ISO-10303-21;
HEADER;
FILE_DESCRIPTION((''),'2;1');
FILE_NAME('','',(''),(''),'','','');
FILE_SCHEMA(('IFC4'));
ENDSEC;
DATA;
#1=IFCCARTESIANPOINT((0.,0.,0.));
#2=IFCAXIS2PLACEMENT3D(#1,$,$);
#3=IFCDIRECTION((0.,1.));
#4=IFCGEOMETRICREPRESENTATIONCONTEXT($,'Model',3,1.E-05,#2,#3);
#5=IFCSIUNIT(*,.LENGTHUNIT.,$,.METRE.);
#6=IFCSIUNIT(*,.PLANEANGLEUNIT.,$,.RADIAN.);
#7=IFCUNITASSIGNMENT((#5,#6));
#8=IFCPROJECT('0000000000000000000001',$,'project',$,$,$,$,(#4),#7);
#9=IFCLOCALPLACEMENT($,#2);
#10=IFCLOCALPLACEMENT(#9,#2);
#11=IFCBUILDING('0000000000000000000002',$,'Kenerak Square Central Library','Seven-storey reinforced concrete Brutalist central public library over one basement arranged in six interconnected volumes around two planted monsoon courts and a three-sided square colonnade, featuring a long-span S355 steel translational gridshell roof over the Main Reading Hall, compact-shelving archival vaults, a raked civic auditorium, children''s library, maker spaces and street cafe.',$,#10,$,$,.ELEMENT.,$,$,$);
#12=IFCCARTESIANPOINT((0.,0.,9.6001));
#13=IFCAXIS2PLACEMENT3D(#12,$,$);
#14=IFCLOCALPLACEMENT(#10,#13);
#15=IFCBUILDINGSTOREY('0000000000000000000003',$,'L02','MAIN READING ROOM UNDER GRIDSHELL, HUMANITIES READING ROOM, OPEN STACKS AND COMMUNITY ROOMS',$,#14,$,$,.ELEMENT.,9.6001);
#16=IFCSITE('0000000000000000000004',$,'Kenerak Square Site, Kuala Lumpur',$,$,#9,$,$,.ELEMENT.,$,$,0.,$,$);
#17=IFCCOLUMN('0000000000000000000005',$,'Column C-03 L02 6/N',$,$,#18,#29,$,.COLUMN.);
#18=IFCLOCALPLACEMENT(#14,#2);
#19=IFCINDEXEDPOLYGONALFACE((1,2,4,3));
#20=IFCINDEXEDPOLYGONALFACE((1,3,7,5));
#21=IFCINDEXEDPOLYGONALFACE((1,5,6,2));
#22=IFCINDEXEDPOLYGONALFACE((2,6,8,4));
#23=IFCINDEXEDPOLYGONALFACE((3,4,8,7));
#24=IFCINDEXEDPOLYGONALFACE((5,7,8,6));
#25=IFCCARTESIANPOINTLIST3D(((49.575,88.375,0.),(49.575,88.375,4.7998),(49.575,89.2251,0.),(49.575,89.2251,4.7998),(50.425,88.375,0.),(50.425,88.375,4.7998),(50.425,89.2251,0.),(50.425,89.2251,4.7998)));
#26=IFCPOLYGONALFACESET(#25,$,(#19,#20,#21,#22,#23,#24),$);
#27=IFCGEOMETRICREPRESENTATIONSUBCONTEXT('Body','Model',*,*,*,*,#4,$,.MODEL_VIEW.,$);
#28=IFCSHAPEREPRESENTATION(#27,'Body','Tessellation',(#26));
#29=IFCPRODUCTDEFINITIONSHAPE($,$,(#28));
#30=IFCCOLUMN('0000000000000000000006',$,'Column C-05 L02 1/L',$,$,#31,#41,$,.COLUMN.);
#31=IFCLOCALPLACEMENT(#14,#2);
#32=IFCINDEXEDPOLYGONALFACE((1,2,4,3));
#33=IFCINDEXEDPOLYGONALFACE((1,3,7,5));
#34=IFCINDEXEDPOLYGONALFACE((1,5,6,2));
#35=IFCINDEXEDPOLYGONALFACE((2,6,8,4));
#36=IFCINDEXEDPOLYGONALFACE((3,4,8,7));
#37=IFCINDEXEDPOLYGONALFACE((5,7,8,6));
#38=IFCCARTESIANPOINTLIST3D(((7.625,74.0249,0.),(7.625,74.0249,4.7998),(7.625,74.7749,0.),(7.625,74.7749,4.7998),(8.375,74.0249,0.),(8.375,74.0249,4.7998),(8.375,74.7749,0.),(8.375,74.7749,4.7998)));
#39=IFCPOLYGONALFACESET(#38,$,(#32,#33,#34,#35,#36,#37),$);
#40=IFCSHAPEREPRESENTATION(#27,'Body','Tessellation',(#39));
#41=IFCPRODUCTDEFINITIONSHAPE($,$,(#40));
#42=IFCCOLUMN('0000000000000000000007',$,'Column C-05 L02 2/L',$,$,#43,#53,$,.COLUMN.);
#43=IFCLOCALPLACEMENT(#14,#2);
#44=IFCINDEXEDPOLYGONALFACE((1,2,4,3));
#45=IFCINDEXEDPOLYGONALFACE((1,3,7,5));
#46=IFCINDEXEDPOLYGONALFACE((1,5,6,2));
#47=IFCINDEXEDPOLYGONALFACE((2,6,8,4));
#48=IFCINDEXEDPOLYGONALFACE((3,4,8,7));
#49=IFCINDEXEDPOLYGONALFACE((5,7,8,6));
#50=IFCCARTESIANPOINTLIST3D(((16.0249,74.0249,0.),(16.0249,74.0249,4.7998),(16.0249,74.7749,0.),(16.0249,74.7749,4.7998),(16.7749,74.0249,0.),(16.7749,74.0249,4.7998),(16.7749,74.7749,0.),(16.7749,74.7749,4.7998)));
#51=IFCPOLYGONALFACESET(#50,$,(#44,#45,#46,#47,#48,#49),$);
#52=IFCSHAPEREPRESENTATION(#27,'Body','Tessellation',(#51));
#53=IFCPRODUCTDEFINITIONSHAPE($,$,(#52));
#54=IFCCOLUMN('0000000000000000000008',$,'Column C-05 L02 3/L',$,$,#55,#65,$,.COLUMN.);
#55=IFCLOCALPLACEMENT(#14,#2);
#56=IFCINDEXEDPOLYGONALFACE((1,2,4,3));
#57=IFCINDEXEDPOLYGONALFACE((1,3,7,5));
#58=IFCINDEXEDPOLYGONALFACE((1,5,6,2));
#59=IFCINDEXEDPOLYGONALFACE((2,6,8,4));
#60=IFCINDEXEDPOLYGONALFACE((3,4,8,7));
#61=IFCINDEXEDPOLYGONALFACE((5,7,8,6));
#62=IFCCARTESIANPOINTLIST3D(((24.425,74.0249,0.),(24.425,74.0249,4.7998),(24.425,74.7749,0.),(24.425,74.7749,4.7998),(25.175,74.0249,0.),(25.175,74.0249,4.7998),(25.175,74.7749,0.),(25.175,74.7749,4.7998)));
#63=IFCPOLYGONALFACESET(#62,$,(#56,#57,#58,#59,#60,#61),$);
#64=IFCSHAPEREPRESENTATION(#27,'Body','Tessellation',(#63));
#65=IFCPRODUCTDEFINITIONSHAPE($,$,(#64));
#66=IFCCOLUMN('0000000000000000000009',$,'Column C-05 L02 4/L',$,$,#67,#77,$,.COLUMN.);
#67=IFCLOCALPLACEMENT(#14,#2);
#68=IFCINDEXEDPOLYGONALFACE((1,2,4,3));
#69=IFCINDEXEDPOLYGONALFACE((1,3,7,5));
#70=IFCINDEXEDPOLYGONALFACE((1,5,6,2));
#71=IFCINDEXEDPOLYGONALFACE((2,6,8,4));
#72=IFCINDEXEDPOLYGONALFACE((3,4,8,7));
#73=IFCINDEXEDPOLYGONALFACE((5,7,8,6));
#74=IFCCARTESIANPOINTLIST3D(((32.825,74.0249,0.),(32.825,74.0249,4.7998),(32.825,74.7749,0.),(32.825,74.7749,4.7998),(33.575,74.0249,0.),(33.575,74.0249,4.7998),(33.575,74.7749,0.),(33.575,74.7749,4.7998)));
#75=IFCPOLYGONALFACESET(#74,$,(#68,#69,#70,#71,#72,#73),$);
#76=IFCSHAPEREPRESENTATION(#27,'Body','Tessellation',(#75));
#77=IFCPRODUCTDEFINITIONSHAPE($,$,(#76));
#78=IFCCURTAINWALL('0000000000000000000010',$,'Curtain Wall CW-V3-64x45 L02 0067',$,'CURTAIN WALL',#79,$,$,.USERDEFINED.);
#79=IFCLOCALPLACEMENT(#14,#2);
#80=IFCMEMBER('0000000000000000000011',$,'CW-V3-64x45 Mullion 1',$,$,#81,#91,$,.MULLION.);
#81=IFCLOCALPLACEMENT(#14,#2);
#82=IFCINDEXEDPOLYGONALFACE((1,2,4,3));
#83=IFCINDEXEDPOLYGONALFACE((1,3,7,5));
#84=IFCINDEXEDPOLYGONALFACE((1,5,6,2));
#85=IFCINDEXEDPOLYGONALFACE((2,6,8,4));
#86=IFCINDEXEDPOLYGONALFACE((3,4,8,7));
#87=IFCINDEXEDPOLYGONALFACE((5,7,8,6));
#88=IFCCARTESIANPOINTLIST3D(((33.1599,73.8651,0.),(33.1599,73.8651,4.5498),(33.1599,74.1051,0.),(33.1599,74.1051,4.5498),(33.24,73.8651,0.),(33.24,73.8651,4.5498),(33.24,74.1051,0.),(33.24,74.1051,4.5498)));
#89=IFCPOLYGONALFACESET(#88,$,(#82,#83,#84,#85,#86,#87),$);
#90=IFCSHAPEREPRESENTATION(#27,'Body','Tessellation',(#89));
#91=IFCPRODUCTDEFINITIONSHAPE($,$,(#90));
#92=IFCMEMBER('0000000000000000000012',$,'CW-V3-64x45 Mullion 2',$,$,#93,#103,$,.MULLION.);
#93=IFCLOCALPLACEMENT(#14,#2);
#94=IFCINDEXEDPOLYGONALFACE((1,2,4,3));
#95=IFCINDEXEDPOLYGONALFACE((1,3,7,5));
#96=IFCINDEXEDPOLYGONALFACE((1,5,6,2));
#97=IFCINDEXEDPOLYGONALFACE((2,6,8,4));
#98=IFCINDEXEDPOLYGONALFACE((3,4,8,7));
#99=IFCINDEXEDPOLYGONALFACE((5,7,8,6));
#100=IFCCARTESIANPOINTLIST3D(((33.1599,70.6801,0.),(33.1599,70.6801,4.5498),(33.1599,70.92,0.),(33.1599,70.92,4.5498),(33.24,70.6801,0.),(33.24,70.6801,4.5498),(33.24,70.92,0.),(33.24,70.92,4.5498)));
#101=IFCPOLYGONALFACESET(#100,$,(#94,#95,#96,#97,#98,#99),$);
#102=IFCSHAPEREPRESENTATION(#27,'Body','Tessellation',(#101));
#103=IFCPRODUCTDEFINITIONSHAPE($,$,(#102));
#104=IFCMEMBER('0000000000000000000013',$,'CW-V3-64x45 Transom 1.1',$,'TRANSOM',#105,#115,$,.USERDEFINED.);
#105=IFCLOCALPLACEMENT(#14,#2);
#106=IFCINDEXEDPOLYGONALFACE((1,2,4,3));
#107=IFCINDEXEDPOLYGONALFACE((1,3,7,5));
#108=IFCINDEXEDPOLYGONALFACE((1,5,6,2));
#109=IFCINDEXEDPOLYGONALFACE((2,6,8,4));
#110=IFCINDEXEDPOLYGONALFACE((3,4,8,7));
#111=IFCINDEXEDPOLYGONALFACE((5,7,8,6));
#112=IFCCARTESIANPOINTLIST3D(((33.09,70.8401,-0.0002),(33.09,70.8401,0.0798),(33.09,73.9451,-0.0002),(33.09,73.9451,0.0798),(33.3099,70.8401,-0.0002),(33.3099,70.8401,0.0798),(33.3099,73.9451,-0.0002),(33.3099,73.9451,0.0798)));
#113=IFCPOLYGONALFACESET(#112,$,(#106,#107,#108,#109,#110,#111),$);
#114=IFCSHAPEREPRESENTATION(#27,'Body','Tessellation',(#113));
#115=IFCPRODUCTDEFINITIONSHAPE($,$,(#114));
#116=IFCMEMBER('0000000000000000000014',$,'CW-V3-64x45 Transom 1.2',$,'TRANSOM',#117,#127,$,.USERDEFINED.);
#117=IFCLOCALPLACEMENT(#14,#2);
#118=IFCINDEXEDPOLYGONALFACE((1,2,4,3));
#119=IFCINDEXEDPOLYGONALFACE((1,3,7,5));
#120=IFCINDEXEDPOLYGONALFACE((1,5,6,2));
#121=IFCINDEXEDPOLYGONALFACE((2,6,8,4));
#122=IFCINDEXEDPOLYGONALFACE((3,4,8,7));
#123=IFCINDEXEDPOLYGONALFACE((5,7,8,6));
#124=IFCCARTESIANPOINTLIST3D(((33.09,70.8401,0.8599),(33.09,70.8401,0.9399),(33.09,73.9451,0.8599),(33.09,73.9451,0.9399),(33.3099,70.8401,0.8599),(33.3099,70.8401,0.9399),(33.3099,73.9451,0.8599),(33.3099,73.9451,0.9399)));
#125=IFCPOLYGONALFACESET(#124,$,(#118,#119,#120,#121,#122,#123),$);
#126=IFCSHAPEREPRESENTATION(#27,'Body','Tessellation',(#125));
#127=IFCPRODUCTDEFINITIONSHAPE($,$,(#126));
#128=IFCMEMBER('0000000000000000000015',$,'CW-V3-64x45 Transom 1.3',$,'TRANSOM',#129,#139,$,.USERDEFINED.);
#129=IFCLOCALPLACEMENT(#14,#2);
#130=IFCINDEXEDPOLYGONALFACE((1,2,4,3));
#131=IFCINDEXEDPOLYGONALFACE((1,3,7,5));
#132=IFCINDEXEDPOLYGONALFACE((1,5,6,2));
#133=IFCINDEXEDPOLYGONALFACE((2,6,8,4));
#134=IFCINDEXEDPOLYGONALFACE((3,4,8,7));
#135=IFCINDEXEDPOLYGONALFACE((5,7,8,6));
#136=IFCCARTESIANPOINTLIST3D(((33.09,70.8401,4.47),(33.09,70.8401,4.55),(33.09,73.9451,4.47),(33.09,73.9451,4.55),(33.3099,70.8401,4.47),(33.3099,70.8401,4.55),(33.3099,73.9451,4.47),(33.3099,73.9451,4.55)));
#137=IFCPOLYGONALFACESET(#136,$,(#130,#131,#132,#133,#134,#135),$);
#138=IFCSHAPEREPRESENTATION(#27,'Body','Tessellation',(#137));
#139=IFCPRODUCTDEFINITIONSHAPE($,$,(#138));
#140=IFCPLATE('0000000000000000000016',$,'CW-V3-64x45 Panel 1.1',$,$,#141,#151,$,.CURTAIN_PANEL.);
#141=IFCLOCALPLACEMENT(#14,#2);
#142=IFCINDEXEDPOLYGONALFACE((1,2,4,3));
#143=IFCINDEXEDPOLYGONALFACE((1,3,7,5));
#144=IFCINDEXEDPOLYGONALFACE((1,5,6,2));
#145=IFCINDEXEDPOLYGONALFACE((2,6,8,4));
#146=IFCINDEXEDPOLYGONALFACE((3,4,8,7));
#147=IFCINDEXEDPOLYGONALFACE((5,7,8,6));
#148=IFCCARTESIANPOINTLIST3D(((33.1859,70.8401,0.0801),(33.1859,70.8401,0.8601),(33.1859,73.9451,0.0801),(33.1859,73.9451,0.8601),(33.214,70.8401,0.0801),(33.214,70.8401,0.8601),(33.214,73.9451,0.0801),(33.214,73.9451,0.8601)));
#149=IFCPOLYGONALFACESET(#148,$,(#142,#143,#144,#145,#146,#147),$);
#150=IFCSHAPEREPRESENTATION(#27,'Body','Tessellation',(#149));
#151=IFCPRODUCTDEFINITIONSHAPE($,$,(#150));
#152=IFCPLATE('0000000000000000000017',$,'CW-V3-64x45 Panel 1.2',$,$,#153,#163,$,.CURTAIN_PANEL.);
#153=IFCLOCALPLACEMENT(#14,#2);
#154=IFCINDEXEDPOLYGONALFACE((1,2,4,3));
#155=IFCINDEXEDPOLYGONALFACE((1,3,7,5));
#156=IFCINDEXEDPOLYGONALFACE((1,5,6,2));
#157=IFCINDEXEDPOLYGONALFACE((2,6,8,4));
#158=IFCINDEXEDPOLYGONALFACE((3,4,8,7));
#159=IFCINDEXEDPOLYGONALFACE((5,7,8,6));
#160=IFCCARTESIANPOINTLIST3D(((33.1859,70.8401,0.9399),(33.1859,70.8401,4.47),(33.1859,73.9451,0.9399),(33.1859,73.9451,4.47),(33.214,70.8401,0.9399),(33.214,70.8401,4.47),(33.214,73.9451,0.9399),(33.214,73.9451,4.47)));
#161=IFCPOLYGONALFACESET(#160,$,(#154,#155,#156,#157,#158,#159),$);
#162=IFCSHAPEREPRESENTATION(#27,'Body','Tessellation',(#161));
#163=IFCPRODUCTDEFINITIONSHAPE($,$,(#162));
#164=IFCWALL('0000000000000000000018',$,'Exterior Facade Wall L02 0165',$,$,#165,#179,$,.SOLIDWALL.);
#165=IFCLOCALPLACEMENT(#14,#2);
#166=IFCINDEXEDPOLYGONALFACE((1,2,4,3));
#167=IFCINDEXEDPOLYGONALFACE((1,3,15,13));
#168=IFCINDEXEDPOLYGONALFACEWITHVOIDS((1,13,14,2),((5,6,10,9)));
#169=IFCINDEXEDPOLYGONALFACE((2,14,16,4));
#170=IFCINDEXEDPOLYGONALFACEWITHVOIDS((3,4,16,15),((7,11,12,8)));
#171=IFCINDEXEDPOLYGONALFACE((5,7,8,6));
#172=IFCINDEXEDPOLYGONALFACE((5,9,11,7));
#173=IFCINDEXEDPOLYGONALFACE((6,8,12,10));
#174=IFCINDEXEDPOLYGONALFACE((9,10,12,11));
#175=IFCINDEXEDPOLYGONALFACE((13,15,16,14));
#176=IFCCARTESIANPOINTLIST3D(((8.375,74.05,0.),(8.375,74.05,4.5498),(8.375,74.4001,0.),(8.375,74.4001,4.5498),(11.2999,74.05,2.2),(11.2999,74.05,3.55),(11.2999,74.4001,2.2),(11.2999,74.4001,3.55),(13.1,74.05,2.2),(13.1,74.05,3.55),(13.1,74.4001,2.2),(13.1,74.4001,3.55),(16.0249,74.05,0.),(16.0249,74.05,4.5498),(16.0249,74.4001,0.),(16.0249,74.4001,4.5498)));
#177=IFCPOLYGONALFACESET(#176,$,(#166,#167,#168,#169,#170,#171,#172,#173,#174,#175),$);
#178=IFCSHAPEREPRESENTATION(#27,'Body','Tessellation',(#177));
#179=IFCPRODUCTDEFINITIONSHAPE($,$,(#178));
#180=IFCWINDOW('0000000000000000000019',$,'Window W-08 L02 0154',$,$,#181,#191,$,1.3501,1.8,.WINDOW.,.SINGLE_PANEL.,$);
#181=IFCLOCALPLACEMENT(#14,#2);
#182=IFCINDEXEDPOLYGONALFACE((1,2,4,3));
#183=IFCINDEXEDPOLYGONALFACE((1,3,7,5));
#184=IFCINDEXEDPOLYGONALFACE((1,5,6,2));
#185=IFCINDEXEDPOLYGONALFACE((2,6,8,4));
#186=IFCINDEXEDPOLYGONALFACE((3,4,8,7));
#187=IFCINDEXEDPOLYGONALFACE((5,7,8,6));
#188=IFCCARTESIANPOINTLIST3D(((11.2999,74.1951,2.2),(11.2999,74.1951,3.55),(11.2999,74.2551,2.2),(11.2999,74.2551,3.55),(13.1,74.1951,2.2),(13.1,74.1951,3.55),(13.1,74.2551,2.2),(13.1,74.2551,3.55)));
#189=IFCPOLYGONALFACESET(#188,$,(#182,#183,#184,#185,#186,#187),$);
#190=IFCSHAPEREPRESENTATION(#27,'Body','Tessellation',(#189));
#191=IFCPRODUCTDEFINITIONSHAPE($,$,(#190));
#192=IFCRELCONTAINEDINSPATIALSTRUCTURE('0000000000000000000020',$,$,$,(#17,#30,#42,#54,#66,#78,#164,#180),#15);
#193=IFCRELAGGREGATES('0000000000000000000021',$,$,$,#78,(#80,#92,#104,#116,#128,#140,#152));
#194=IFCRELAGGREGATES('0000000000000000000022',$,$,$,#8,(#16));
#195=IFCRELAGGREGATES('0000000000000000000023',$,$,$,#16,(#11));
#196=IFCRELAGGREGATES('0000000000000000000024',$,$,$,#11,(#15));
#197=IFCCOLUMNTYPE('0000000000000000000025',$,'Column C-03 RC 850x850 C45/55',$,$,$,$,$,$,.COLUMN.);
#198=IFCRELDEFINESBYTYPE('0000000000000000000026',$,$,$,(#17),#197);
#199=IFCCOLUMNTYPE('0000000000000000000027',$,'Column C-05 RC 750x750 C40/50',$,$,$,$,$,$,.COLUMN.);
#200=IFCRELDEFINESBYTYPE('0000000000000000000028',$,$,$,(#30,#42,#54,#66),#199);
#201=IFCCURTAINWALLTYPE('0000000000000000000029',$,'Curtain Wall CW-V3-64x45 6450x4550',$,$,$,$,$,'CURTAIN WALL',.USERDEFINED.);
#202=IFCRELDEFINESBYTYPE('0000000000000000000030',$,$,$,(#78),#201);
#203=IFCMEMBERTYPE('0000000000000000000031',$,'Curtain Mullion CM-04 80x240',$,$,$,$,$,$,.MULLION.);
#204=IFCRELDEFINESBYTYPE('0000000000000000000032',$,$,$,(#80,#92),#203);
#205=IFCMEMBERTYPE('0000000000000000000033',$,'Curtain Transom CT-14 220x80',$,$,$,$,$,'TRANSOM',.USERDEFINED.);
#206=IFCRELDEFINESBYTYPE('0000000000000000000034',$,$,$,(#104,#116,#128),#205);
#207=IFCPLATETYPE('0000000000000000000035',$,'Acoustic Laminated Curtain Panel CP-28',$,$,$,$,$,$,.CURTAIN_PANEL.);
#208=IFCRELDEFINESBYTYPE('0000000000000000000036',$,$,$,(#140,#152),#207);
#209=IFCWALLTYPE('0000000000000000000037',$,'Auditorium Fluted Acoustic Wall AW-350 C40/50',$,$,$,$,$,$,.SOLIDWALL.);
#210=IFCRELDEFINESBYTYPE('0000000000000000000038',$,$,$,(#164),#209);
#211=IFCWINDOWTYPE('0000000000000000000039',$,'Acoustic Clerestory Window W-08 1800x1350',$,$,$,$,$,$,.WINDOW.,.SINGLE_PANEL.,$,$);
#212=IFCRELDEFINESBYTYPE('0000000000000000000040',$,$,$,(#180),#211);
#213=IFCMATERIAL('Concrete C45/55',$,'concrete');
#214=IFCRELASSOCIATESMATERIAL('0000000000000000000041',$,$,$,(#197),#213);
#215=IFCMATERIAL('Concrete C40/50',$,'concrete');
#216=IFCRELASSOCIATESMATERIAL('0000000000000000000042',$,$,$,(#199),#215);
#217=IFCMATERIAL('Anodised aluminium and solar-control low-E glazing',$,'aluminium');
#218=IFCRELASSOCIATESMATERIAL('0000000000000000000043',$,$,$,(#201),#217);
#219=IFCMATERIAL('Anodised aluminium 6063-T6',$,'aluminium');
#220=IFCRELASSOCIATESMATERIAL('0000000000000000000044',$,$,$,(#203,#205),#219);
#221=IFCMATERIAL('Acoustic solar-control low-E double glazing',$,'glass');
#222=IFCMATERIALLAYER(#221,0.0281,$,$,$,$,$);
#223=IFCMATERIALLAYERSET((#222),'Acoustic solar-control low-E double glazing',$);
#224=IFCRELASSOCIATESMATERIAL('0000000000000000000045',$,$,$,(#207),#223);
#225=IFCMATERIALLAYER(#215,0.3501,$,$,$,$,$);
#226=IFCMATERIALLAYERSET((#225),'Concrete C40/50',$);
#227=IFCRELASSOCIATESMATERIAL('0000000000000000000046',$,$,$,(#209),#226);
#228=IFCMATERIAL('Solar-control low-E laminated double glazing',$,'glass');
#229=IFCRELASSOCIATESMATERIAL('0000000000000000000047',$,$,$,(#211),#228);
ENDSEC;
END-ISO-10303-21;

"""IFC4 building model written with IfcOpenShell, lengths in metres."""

from ifc_helpers import new_model, si_unit, direction, frame, frame_2d, origin, origin_2d, place, context, subcontext, project, spatial, rectangle, extrude, material, layer, layer_set, material_profile, profile_set, type_object, element, fill, aggregate, save


model = new_model("IFC4")

# Units and contexts
model_context = context("Model", 3, precision=1e-05, world=origin(), true_north=direction((0.0, 1.0)))
body_context = subcontext(model_context, "Body", "Model", "MODEL_VIEW")
ifc_project = project(units=[si_unit("LENGTHUNIT", "METRE"), si_unit("PLANEANGLEUNIT", "RADIAN")], contexts=[model_context])

# Site, building, storey
site_placement = place(None, origin())
site = spatial("IfcSite", under=ifc_project, at=site_placement, Name="Kenerak Square Site, Kuala Lumpur", CompositionType="ELEMENT", RefElevation=0.0)
building_placement = place(site_placement, origin())
building = spatial("IfcBuilding", under=site, at=building_placement, Name="Kenerak Square Central Library", Description="Seven-storey reinforced concrete Brutalist central public library over one basement arranged in six interconnected volumes around two planted monsoon courts and a three-sided square colonnade, featuring a long-span S355 steel translational gridshell roof over the Main Reading Hall, compact-shelving archival vaults, a raked civic auditorium, children's library, maker spaces and street cafe.", CompositionType="ELEMENT")
storey_placement = place(building_placement, frame((0.0, 0.0, 9.6001)))
storey = spatial("IfcBuildingStorey", under=building, at=storey_placement, Name="L02", Description="MAIN READING ROOM UNDER GRIDSHELL, HUMANITIES READING ROOM, OPEN STACKS AND COMMUNITY ROOMS", CompositionType="ELEMENT", Elevation=9.6001)

# Columns
ifc_material_1 = material(Name="Concrete C45/55", Category="concrete")
ifc_material_profile_1 = material_profile(ifc_material_1, rectangle(XDim=0.8501, YDim=0.8501, at=origin_2d()), Name="RC 850x850")
ifc_profile_set_1 = profile_set([ifc_material_profile_1], Name="Concrete C45/55")
column_type_1 = type_object("IfcColumnType", Name="Column C-03 RC 850x850 C45/55", PredefinedType="COLUMN", material=ifc_profile_set_1)
column_placement = place(storey_placement, frame((50.0, 88.8, 0.0), z_axis=(0.0, 0.0, 1.0), x_axis=(1.0, 0.0, 0.0)))
element("IfcColumn", 1, at=column_placement, inside=storey, type_object=column_type_1, Name="Column C-03 L02 6/N", PredefinedType="COLUMN", context=body_context, shape_type="SweptSolid", body=[
    extrude(rectangle(XDim=0.8501, YDim=0.8501, at=origin_2d()), origin(), (0.0, 0.0, 1.0), 4.7998),
])
ifc_material_2 = material(Name="Concrete C40/50", Category="concrete")
ifc_material_profile_2 = material_profile(ifc_material_2, rectangle(XDim=0.75, YDim=0.75, at=origin_2d()), Name="RC 750x750")
ifc_profile_set_2 = profile_set([ifc_material_profile_2], Name="Concrete C40/50")
column_type_2 = type_object("IfcColumnType", Name="Column C-05 RC 750x750 C40/50", PredefinedType="COLUMN", material=ifc_profile_set_2)
for number, where, z_axis, x_axis, name in (
    (2, (8.0, 74.3999, 0.0), (0.0, 0.0, 1.0), (1.0, 0.0, 0.0), "Column C-05 L02 1/L"),
    (3, (16.3999, 74.3999, 0.0), (0.0, 0.0, 1.0), (1.0, 0.0, 0.0), "Column C-05 L02 2/L"),
    (4, (24.8, 74.3999, 0.0), (0.0, 0.0, 1.0), (1.0, 0.0, 0.0), "Column C-05 L02 3/L"),
    (5, (33.2, 74.3999, 0.0), (0.0, 0.0, 1.0), (1.0, 0.0, 0.0), "Column C-05 L02 4/L"),
):
    element("IfcColumn", number, at=place(storey_placement, frame(where, z_axis=z_axis, x_axis=x_axis)), inside=storey, type_object=column_type_2, Name=name, PredefinedType="COLUMN", context=body_context, shape_type="SweptSolid", body=[
        extrude(rectangle(XDim=0.75, YDim=0.75, at=origin_2d()), origin(), (0.0, 0.0, 1.0), 4.7998),
    ])

# Curtain wall, members, plates
ifc_material_3 = material(Name="Anodised aluminium and solar-control low-E glazing", Category="aluminium")
curtain_wall_type = type_object("IfcCurtainWallType", Name="Curtain Wall CW-V3-64x45 6450x4550", ElementType="CURTAIN WALL", PredefinedType="USERDEFINED", material=ifc_material_3)
curtain_wall_placement = place(storey_placement, origin())
curtain_wall = element("IfcCurtainWall", 6, at=curtain_wall_placement, inside=storey, type_object=curtain_wall_type, Name="Curtain Wall CW-V3-64x45 L02 0067", ObjectType="CURTAIN WALL", PredefinedType="USERDEFINED")
ifc_material_4 = material(Name="Anodised aluminium 6063-T6", Category="aluminium")
ifc_material_profile_3 = material_profile(ifc_material_4, rectangle(XDim=0.0801, YDim=0.24, at=origin_2d()), Name="AL MULLION 80x240")
ifc_profile_set_3 = profile_set([ifc_material_profile_3], Name="Anodised aluminium 6063-T6")
member_type_1 = type_object("IfcMemberType", Name="Curtain Mullion CM-04 80x240", PredefinedType="MULLION", material=ifc_profile_set_3)
member_1_placement = place(storey_placement, frame((33.2, 73.9851, 0.0), z_axis=(0.0, 0.0, 1.0), x_axis=(1.0, 0.0, 0.0)))
member_1 = element("IfcMember", 7, at=member_1_placement, type_object=member_type_1, Name="CW-V3-64x45 Mullion 1", PredefinedType="MULLION", context=body_context, shape_type="SweptSolid", body=[
    extrude(rectangle(XDim=0.0801, YDim=0.24, at=origin_2d()), origin(), (0.0, 0.0, 1.0), 4.5498),
])
member_2_placement = place(storey_placement, frame((33.2, 70.8, 0.0), z_axis=(0.0, 0.0, 1.0), x_axis=(1.0, 0.0, 0.0)))
member_2 = element("IfcMember", 8, at=member_2_placement, type_object=member_type_1, Name="CW-V3-64x45 Mullion 2", PredefinedType="MULLION", context=body_context, shape_type="SweptSolid", body=[
    extrude(rectangle(XDim=0.0801, YDim=0.24, at=origin_2d()), origin(), (0.0, 0.0, 1.0), 4.5498),
])
ifc_material_profile_4 = material_profile(ifc_material_4, rectangle(XDim=0.22, YDim=0.0801, at=origin_2d()), Name="AL TRANSOM 220x80")
ifc_profile_set_4 = profile_set([ifc_material_profile_4], Name="Anodised aluminium 6063-T6")
member_type_2 = type_object("IfcMemberType", Name="Curtain Transom CT-14 220x80", ElementType="TRANSOM", PredefinedType="USERDEFINED", material=ifc_profile_set_4)
member_3_placement = place(storey_placement, frame((33.2, 73.9451, 0.0398), z_axis=(0.0, -1.0, 0.0), x_axis=(1.0, 0.0, 0.0)))
member_3 = element("IfcMember", 9, at=member_3_placement, type_object=member_type_2, Name="CW-V3-64x45 Transom 1.1", ObjectType="TRANSOM", PredefinedType="USERDEFINED", context=body_context, shape_type="SweptSolid", body=[
    extrude(rectangle(XDim=0.22, YDim=0.0801, at=origin_2d()), origin(), (0.0, 0.0, 1.0), 3.105),
])
member_4_placement = place(storey_placement, frame((33.2, 73.9451, 0.8999), z_axis=(0.0, -1.0, 0.0), x_axis=(1.0, 0.0, 0.0)))
member_4 = element("IfcMember", 10, at=member_4_placement, type_object=member_type_2, Name="CW-V3-64x45 Transom 1.2", ObjectType="TRANSOM", PredefinedType="USERDEFINED", context=body_context, shape_type="SweptSolid", body=[
    extrude(rectangle(XDim=0.22, YDim=0.0801, at=origin_2d()), origin(), (0.0, 0.0, 1.0), 3.105),
])
member_5_placement = place(storey_placement, frame((33.2, 73.9451, 4.51), z_axis=(0.0, -1.0, 0.0), x_axis=(1.0, 0.0, 0.0)))
member_5 = element("IfcMember", 11, at=member_5_placement, type_object=member_type_2, Name="CW-V3-64x45 Transom 1.3", ObjectType="TRANSOM", PredefinedType="USERDEFINED", context=body_context, shape_type="SweptSolid", body=[
    extrude(rectangle(XDim=0.22, YDim=0.0801, at=origin_2d()), origin(), (0.0, 0.0, 1.0), 3.105),
])
ifc_material_5 = material(Name="Acoustic solar-control low-E double glazing", Category="glass")
ifc_layer_1 = layer(ifc_material_5, 0.0281)
ifc_layer_set_1 = layer_set([ifc_layer_1], Name="Acoustic solar-control low-E double glazing")
plate_type = type_object("IfcPlateType", Name="Acoustic Laminated Curtain Panel CP-28", PredefinedType="CURTAIN_PANEL", material=ifc_layer_set_1)
plate_1_placement = place(storey_placement, frame((33.2, 72.3926, 0.0801), z_axis=(0.0, 0.0, 1.0), x_axis=(0.0, -1.0, 0.0)))
plate_1 = element("IfcPlate", 12, at=plate_1_placement, type_object=plate_type, Name="CW-V3-64x45 Panel 1.1", PredefinedType="CURTAIN_PANEL", context=body_context, shape_type="SweptSolid", body=[
    extrude(rectangle(XDim=3.105, YDim=0.0281, at=origin_2d()), origin(), (0.0, 0.0, 1.0), 0.78),
])
plate_2_placement = place(storey_placement, frame((33.2, 72.3926, 0.9399), z_axis=(0.0, 0.0, 1.0), x_axis=(0.0, -1.0, 0.0)))
plate_2 = element("IfcPlate", 13, at=plate_2_placement, type_object=plate_type, Name="CW-V3-64x45 Panel 1.2", PredefinedType="CURTAIN_PANEL", context=body_context, shape_type="SweptSolid", body=[
    extrude(rectangle(XDim=3.105, YDim=0.0281, at=origin_2d()), origin(), (0.0, 0.0, 1.0), 3.53),
])
aggregate(curtain_wall, [member_1, member_2, member_3, member_4, member_5, plate_1, plate_2])

# Wall, opening, window
ifc_layer_2 = layer(ifc_material_2, 0.3501)
ifc_layer_set_2 = layer_set([ifc_layer_2], Name="Concrete C40/50")
wall_type_1 = type_object("IfcWallType", Name="Auditorium Fluted Acoustic Wall AW-350 C40/50", PredefinedType="SOLIDWALL", material=ifc_layer_set_2)
wall_1_placement = place(storey_placement, frame((8.375, 74.2251, 0.0), z_axis=(0.0, 0.0, 1.0), x_axis=(1.0, 0.0, 0.0)))
wall_1 = element("IfcWall", 14, at=wall_1_placement, inside=storey, type_object=wall_type_1, Name="Exterior Facade Wall L02 0165", PredefinedType="SOLIDWALL", context=body_context, shape_type="SweptSolid", body=[
    extrude(rectangle(XDim=7.6499, YDim=0.3501, at=frame_2d((3.825, 0.0))), origin(), (0.0, 0.0, 1.0), 4.5498),
])
opening_1_placement = place(wall_1_placement, frame((2.925, 0.0, 2.2)))
opening_1 = element("IfcOpeningElement", 15, at=opening_1_placement, cuts=wall_1, PredefinedType="OPENING", context=body_context, shape_type="SweptSolid", body=[
    extrude(rectangle(XDim=1.8, YDim=1.3501, at=frame_2d((0.8999, 0.675))), frame((0.0, 0.1851, 0.0), z_axis=(0.0, -1.0, 0.0), x_axis=(1.0, 0.0, 0.0)), (0.0, 0.0, 1.0), 0.3701),
])
ifc_material_6 = material(Name="Solar-control low-E laminated double glazing", Category="glass")
window_type = type_object("IfcWindowType", Name="Acoustic Clerestory Window W-08 1800x1350", PartitioningType="SINGLE_PANEL", PredefinedType="WINDOW", material=ifc_material_6)
window_1_placement = place(opening_1_placement, origin())
window_1 = element("IfcWindow", 16, at=window_1_placement, inside=storey, type_object=window_type, Name="Window W-08 L02 0154", OverallHeight=1.3501, OverallWidth=1.8, PartitioningType="SINGLE_PANEL", PredefinedType="WINDOW", context=body_context, shape_type="SweptSolid", body=[
    extrude(rectangle(XDim=1.8, YDim=1.3501, at=frame_2d((0.8999, 0.675))), frame((0.0, 0.03, 0.0), z_axis=(0.0, -1.0, 0.0), x_axis=(1.0, 0.0, 0.0)), (0.0, 0.0, 1.0), 0.0601),
])
fill(opening_1, window_1)

save(model, "model.ifc")
